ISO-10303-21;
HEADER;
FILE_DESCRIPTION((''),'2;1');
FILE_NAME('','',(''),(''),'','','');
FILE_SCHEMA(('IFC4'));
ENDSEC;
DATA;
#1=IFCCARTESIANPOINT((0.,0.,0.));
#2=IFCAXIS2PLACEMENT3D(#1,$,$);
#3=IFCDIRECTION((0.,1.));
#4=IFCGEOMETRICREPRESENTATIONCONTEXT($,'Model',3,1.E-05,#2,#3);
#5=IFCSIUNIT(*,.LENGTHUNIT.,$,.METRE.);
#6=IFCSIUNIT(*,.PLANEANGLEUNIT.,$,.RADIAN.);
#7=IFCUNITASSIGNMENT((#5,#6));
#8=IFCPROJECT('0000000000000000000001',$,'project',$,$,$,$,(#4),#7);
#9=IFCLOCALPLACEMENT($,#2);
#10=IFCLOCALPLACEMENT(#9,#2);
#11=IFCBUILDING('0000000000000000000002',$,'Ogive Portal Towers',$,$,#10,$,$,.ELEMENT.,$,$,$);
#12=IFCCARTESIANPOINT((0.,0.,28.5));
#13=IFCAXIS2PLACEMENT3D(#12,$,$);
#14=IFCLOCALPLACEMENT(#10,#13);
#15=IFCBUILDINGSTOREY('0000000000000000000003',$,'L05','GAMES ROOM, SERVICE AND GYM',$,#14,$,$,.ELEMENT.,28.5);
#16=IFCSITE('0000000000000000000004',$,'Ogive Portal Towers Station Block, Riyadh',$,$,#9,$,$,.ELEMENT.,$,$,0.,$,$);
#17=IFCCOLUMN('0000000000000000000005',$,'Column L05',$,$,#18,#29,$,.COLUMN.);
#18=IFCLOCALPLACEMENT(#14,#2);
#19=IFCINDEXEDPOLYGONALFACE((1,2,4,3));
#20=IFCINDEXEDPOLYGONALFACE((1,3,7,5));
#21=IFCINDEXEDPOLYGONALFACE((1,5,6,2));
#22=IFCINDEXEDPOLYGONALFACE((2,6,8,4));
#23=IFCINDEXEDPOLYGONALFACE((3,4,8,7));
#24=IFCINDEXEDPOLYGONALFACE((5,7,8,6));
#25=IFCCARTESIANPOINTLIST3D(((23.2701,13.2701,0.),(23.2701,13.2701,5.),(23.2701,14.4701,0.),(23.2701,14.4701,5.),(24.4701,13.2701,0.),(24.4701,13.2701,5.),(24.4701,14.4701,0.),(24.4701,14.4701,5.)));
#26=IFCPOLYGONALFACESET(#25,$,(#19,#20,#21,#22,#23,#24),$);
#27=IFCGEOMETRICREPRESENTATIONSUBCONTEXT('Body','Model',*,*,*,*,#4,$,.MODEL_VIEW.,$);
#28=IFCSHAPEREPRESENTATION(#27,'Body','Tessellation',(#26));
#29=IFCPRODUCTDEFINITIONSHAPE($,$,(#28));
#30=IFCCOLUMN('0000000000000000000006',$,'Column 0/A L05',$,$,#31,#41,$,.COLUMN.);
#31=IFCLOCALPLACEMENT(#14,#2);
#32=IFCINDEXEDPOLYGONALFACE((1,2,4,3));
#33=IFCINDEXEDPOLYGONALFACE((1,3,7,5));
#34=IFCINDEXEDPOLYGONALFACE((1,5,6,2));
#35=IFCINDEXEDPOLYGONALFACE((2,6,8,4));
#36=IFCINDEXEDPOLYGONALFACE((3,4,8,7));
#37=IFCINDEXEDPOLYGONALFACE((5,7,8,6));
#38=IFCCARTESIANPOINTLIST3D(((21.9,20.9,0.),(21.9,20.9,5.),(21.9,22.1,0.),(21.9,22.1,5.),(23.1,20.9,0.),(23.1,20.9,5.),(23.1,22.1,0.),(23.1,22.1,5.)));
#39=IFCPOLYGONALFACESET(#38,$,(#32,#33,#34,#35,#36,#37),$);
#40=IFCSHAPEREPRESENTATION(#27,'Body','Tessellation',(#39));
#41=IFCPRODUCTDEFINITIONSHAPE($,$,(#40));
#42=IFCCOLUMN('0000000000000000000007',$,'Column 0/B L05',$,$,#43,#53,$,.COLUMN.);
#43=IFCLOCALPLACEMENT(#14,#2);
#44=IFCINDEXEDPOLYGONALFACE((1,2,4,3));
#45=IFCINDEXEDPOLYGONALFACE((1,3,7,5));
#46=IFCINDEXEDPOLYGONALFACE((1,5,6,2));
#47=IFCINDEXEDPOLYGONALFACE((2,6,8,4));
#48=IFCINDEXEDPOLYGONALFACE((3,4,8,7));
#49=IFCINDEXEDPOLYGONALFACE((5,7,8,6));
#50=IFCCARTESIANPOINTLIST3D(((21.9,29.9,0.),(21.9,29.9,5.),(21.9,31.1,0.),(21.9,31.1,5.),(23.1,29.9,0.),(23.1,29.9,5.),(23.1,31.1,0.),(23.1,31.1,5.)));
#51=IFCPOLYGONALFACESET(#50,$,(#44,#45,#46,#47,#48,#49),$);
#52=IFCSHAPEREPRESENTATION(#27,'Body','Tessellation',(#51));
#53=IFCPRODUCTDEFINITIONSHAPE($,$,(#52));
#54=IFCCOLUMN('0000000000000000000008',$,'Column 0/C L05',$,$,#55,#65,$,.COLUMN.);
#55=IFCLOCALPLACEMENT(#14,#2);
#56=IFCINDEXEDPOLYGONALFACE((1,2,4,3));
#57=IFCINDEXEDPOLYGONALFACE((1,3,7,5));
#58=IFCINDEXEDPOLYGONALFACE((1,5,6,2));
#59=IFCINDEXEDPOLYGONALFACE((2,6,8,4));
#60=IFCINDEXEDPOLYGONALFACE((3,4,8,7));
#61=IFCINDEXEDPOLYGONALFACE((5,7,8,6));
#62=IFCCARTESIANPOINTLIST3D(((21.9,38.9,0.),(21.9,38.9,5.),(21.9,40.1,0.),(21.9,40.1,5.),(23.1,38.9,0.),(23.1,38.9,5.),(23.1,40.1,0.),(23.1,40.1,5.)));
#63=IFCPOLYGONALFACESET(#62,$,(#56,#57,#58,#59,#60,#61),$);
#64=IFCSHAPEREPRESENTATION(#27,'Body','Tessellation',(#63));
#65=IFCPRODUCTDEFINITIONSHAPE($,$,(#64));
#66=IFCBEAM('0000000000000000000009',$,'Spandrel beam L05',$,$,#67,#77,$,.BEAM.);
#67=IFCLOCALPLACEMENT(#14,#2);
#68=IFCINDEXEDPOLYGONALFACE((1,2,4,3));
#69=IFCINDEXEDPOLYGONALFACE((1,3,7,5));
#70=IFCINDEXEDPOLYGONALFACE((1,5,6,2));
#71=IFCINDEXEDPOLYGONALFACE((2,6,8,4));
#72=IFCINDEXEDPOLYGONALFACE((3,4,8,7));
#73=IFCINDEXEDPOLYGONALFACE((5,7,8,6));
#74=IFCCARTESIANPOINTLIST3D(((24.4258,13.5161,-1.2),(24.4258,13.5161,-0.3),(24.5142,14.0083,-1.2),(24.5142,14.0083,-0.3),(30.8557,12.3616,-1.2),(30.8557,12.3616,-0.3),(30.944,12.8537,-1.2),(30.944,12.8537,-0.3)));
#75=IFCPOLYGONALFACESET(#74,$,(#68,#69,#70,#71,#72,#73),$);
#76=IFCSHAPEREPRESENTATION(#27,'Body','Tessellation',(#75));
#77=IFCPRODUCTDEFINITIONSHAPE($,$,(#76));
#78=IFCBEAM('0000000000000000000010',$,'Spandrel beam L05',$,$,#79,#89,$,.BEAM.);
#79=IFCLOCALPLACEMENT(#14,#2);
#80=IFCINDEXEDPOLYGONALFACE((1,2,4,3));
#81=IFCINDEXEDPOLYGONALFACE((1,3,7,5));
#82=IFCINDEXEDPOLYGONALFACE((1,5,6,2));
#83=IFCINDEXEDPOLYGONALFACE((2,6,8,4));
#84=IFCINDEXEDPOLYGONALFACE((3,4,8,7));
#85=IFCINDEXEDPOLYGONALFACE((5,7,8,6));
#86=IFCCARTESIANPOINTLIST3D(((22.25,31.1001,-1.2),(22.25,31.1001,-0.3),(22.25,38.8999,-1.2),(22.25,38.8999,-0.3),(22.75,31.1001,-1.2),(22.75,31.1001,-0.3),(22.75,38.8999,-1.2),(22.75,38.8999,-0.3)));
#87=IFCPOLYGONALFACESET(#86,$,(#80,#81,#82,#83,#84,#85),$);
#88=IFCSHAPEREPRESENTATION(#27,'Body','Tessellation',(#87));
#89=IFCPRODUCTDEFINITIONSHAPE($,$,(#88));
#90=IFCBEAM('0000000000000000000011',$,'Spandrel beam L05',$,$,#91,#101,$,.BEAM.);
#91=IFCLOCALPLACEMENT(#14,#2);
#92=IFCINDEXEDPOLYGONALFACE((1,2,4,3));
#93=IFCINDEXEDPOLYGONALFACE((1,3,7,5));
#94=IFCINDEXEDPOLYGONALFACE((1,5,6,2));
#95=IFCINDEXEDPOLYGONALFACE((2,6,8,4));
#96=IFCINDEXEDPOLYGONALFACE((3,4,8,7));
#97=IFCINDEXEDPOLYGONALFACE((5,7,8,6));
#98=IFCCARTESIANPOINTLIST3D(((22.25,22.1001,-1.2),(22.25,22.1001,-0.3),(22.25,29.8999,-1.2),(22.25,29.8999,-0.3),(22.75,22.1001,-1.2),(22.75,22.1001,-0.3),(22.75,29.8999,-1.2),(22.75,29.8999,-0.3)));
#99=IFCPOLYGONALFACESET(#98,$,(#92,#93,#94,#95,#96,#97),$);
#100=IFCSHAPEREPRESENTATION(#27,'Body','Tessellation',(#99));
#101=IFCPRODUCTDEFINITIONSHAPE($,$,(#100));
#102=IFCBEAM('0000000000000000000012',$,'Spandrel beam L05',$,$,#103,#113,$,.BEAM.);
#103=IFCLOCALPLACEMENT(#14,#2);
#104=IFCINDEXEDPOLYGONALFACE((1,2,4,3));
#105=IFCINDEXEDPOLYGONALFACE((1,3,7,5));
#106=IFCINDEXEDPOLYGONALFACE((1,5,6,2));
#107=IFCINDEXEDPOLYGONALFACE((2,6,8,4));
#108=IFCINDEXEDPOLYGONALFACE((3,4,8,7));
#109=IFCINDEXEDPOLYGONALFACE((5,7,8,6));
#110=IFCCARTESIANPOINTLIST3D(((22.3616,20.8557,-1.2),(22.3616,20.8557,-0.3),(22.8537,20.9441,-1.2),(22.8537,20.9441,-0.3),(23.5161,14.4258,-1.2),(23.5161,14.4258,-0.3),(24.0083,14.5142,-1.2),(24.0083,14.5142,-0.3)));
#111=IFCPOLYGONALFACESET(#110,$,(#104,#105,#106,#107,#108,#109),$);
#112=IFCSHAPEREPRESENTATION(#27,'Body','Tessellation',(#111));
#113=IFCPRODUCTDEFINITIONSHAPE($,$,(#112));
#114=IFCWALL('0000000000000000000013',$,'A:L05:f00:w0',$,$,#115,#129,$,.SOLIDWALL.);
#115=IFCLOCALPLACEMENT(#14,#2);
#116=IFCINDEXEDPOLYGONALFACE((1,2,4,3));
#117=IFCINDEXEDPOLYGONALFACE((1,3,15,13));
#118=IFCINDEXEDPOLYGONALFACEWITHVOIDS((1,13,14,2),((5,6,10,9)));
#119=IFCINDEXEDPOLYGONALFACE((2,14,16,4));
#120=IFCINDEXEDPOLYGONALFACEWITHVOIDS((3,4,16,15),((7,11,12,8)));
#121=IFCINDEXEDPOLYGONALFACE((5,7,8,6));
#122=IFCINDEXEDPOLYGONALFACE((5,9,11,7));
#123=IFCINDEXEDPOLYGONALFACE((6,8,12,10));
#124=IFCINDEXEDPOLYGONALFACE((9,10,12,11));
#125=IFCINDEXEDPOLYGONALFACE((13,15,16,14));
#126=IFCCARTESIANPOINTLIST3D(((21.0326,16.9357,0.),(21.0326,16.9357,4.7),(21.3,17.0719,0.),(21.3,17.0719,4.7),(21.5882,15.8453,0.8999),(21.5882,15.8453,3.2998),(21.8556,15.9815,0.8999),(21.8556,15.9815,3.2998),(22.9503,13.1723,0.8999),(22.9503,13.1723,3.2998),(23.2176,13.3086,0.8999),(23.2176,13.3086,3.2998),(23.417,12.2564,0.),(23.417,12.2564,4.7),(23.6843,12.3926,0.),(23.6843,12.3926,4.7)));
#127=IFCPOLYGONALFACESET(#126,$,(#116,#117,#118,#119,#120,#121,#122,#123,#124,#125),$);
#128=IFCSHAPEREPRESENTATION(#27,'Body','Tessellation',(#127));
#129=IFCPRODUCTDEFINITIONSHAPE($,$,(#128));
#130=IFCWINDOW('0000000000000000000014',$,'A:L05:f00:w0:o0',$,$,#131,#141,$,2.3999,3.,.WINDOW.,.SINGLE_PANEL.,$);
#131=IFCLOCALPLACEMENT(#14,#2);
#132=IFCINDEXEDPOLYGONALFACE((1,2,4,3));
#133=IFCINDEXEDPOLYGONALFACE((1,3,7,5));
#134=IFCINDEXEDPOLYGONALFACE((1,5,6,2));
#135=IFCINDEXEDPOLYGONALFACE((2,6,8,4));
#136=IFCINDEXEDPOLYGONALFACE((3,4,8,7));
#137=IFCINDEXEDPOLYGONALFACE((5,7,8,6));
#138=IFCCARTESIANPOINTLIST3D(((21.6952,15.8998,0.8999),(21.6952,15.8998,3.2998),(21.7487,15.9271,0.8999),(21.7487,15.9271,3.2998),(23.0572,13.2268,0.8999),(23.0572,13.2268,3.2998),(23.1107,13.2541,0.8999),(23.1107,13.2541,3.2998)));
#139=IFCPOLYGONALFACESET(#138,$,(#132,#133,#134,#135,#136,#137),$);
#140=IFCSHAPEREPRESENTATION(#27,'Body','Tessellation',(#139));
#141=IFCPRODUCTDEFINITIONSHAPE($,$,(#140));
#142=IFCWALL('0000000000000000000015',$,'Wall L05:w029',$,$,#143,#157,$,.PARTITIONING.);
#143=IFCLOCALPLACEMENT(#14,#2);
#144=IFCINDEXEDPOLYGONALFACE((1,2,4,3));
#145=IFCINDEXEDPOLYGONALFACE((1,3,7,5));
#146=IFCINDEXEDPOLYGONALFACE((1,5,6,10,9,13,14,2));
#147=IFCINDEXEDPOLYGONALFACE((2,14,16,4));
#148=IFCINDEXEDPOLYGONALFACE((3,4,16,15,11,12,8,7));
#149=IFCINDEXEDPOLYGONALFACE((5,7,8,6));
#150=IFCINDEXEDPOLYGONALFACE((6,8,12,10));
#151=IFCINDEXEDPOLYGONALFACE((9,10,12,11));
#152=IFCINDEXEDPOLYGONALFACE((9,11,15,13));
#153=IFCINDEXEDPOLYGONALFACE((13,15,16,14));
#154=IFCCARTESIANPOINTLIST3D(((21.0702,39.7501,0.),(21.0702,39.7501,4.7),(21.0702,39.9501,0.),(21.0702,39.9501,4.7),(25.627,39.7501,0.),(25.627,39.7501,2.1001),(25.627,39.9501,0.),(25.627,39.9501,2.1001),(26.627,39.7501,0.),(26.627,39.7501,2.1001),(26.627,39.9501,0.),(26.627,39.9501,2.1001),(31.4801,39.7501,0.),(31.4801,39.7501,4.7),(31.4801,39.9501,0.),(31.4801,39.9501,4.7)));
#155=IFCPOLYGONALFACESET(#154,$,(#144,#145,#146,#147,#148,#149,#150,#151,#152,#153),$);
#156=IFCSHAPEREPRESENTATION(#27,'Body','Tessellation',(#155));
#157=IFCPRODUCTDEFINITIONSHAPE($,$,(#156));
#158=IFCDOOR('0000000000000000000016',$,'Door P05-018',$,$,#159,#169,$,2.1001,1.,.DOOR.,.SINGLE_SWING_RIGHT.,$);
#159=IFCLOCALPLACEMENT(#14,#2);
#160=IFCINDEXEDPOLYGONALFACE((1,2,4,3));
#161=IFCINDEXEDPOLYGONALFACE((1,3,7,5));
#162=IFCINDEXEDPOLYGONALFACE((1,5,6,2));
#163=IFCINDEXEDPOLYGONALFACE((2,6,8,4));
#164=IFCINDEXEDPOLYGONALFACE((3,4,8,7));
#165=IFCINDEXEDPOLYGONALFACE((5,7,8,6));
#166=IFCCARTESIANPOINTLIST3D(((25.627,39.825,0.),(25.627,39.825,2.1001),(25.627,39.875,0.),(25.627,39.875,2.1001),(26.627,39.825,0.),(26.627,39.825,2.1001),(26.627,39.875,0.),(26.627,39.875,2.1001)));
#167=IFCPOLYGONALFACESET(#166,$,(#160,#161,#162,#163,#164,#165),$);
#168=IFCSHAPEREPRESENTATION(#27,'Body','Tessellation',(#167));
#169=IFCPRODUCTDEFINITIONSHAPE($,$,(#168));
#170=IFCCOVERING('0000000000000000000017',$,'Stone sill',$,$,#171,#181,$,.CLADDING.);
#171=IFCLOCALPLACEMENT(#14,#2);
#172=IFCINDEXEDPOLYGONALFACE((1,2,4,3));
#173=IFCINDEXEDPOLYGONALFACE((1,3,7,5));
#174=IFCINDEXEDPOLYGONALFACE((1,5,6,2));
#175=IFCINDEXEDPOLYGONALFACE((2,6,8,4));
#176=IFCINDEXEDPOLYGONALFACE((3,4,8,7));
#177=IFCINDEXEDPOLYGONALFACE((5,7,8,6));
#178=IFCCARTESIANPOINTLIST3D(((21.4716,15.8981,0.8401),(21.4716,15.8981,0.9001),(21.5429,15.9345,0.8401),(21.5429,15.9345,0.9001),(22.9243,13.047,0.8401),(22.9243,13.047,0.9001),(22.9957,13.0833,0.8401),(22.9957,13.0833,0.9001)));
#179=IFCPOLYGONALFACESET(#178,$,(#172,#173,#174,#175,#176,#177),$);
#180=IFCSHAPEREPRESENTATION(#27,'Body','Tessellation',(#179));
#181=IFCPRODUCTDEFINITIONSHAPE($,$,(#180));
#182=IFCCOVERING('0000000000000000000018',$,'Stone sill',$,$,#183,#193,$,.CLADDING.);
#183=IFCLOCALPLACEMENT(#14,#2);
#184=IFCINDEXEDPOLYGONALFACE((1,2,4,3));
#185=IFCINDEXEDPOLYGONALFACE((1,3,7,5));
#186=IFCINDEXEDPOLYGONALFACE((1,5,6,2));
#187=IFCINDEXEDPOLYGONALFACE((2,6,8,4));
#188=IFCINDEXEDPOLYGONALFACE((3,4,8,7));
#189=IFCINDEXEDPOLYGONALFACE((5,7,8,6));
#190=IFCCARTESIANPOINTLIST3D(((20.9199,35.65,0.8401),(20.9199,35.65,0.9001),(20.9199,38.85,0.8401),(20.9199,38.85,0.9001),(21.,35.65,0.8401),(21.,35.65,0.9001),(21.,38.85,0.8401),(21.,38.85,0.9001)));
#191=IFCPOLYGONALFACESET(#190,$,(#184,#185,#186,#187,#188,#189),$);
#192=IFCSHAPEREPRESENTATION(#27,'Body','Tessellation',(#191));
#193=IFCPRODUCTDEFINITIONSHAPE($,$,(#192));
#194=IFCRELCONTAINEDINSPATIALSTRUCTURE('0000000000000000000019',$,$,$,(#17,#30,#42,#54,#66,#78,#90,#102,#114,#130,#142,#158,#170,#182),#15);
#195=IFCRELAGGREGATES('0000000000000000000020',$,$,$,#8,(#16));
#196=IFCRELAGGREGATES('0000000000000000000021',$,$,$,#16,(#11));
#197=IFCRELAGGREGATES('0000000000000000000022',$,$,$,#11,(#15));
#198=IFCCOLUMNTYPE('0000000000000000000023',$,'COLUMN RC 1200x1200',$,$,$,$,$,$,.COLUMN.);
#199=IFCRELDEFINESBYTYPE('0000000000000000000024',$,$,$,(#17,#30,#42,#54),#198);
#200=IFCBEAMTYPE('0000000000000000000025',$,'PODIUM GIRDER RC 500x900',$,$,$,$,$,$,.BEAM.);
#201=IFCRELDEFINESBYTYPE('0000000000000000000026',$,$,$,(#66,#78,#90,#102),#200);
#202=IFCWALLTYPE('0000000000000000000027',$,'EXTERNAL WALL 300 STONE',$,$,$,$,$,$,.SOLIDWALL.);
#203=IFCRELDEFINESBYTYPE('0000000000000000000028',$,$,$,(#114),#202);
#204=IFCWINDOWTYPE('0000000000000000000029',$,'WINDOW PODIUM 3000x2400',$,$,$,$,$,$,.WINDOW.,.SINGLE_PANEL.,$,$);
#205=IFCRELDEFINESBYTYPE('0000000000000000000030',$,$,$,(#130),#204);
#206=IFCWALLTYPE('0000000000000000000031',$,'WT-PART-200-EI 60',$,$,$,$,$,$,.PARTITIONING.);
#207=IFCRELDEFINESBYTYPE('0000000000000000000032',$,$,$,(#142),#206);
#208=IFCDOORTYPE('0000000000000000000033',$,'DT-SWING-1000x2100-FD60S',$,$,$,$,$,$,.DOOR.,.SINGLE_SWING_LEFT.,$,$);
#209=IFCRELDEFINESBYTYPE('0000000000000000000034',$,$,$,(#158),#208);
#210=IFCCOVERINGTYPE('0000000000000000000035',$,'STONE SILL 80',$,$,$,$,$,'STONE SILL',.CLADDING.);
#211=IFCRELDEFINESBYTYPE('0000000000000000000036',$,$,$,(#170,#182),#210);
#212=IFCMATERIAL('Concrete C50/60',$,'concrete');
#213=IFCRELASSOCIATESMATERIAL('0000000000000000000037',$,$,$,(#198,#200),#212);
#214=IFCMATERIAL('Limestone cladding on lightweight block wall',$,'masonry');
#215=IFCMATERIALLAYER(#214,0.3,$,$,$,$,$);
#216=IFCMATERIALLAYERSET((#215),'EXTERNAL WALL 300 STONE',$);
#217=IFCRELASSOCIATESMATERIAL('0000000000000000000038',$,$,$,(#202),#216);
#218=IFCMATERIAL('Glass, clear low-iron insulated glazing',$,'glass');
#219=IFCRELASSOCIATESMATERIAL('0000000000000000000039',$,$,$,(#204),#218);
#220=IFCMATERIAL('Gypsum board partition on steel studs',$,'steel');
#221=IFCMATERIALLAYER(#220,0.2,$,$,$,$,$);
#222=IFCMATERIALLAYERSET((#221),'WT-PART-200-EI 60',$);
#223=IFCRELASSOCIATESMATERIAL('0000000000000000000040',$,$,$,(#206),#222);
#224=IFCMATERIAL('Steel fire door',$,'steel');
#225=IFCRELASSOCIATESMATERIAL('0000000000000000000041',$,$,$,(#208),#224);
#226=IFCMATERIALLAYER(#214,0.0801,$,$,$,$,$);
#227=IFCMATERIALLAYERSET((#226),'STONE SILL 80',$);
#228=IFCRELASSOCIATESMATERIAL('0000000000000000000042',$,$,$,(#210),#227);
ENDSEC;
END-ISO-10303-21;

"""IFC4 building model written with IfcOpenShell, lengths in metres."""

from ifc_helpers import new_model, si_unit, direction, frame, frame_2d, origin, origin_2d, place, context, subcontext, project, spatial, rectangle, extrude, material, layer, layer_set, material_profile, profile_set, type_object, element, fill, save


model = new_model("IFC4")

# Units and contexts
model_context = context("Model", 3, precision=1e-05, world=origin(), true_north=direction((0.0, 1.0)))
body_context = subcontext(model_context, "Body", "Model", "MODEL_VIEW")
ifc_project = project(units=[si_unit("LENGTHUNIT", "METRE"), si_unit("PLANEANGLEUNIT", "RADIAN")], contexts=[model_context])

# Site, building, storey
site_placement = place(None, origin())
site = spatial("IfcSite", under=ifc_project, at=site_placement, Name="Ogive Portal Towers Station Block, Riyadh", CompositionType="ELEMENT", RefElevation=0.0)
building_placement = place(site_placement, origin())
building = spatial("IfcBuilding", under=site, at=building_placement, Name="Ogive Portal Towers", CompositionType="ELEMENT")
storey_placement = place(building_placement, frame((0.0, 0.0, 28.5)))
storey = spatial("IfcBuildingStorey", under=building, at=storey_placement, Name="L05", Description="GAMES ROOM, SERVICE AND GYM", CompositionType="ELEMENT", Elevation=28.5)

# Columns
ifc_material_1 = material(Name="Concrete C50/60", Category="concrete")
ifc_material_profile_1 = material_profile(ifc_material_1, rectangle(XDim=1.2, YDim=1.2, at=origin_2d()), Name="RC 1200x1200")
ifc_profile_set_1 = profile_set([ifc_material_profile_1], Name="Concrete C50/60")
column_type = type_object("IfcColumnType", Name="COLUMN RC 1200x1200", PredefinedType="COLUMN", material=ifc_profile_set_1)
for number, where, z_axis, x_axis, name in (
    (1, (23.8701, 13.8701, 0.0), (0.0, 0.0, 1.0), (1.0, 0.0, 0.0), "Column L05"),
    (2, (22.5, 21.5, 0.0), (0.0, 0.0, 1.0), (1.0, 0.0, 0.0), "Column 0/A L05"),
    (3, (22.5, 30.5, 0.0), (0.0, 0.0, 1.0), (1.0, 0.0, 0.0), "Column 0/B L05"),
    (4, (22.5, 39.5, 0.0), (0.0, 0.0, 1.0), (1.0, 0.0, 0.0), "Column 0/C L05"),
):
    element("IfcColumn", number, at=place(storey_placement, frame(where, z_axis=z_axis, x_axis=x_axis)), inside=storey, type_object=column_type, Name=name, PredefinedType="COLUMN", context=body_context, shape_type="SweptSolid", body=[
        extrude(rectangle(XDim=1.2, YDim=1.2, at=origin_2d()), origin(), (0.0, 0.0, 1.0), 5.0),
    ])

# Beams
ifc_material_profile_2 = material_profile(ifc_material_1, rectangle(XDim=0.5, YDim=0.8999, at=origin_2d()), Name="RC 500x900")
ifc_profile_set_2 = profile_set([ifc_material_profile_2], Name="Concrete C50/60")
beam_type = type_object("IfcBeamType", Name="PODIUM GIRDER RC 500x900", PredefinedType="BEAM", material=ifc_profile_set_2)
beam_1_placement = place(storey_placement, frame((24.47, 13.7622, -0.75), z_axis=(0.984259, -0.176731, 0.0), x_axis=(0.176731, 0.984259, 0.0)))
element("IfcBeam", 5, at=beam_1_placement, inside=storey, type_object=beam_type, Name="Spandrel beam L05", PredefinedType="BEAM", context=body_context, shape_type="SweptSolid", body=[
    extrude(rectangle(XDim=0.5, YDim=0.8999, at=origin_2d()), origin(), (0.0, 0.0, 1.0), 6.5327),
])
for number, where, z_axis, x_axis, name in (
    (6, (22.5, 38.8999, -0.75), (0.0, -1.0, 0.0), (1.0, 0.0, 0.0), "Spandrel beam L05"),
    (7, (22.5, 29.8999, -0.75), (0.0, -1.0, 0.0), (1.0, 0.0, 0.0), "Spandrel beam L05"),
):
    element("IfcBeam", number, at=place(storey_placement, frame(where, z_axis=z_axis, x_axis=x_axis)), inside=storey, type_object=beam_type, Name=name, PredefinedType="BEAM", context=body_context, shape_type="SweptSolid", body=[
        extrude(rectangle(XDim=0.5, YDim=0.8999, at=origin_2d()), origin(), (0.0, 0.0, 1.0), 7.7998),
    ])
beam_2_placement = place(storey_placement, frame((22.6077, 20.8999, -0.75), z_axis=(0.176731, -0.984259, 0.0), x_axis=(0.984259, 0.176731, 0.0)))
element("IfcBeam", 8, at=beam_2_placement, inside=storey, type_object=beam_type, Name="Spandrel beam L05", PredefinedType="BEAM", context=body_context, shape_type="SweptSolid", body=[
    extrude(rectangle(XDim=0.5, YDim=0.8999, at=origin_2d()), origin(), (0.0, 0.0, 1.0), 6.5327),
])

# Wall, opening, window
ifc_material_2 = material(Name="Limestone cladding on lightweight block wall", Category="masonry")
ifc_layer_1 = layer(ifc_material_2, 0.3)
ifc_layer_set_1 = layer_set([ifc_layer_1], Name="EXTERNAL WALL 300 STONE")
wall_type_1 = type_object("IfcWallType", Name="EXTERNAL WALL 300 STONE", PredefinedType="SOLIDWALL", material=ifc_layer_set_1)
wall_1_placement = place(storey_placement, frame((21.1663, 17.0039, 0.0), z_axis=(0.0, 0.0, 1.0), x_axis=(0.454007, -0.890998, 0.0)))
wall_1 = element("IfcWall", 9, at=wall_1_placement, inside=storey, type_object=wall_type_1, Name="A:L05:f00:w0", PredefinedType="SOLIDWALL", context=body_context, shape_type="SweptSolid", body=[
    extrude(rectangle(XDim=5.2517, YDim=0.3, at=frame_2d((2.626, 0.0))), origin(), (0.0, 0.0, 1.0), 4.7),
])
opening_1_placement = place(wall_1_placement, frame((1.2239, 0.0, 0.8999)))
opening_1 = element("IfcOpeningElement", 10, at=opening_1_placement, cuts=wall_1, PredefinedType="OPENING", context=body_context, shape_type="SweptSolid", body=[
    extrude(rectangle(XDim=3.0, YDim=2.3999, at=frame_2d((1.5, 1.2))), frame((0.0, 0.1602, 0.0), z_axis=(0.0, -1.0, 0.0), x_axis=(1.0, 0.0, 0.0)), (0.0, 0.0, 1.0), 0.3201),
])
ifc_material_3 = material(Name="Glass, clear low-iron insulated glazing", Category="glass")
window_type = type_object("IfcWindowType", Name="WINDOW PODIUM 3000x2400", PartitioningType="SINGLE_PANEL", PredefinedType="WINDOW", material=ifc_material_3)
window_placement = place(opening_1_placement, origin())
window = element("IfcWindow", 11, at=window_placement, inside=storey, type_object=window_type, Name="A:L05:f00:w0:o0", OverallHeight=2.3999, OverallWidth=3.0, PartitioningType="SINGLE_PANEL", PredefinedType="WINDOW", context=body_context, shape_type="SweptSolid", body=[
    extrude(rectangle(XDim=3.0, YDim=2.3999, at=frame_2d((1.5, 1.2))), frame((0.0, 0.03, 0.0), z_axis=(0.0, -1.0, 0.0), x_axis=(1.0, 0.0, 0.0)), (0.0, 0.0, 1.0), 0.0601),
])
fill(opening_1, window)

# Wall, opening, door
ifc_material_4 = material(Name="Gypsum board partition on steel studs", Category="steel")
ifc_layer_2 = layer(ifc_material_4, 0.2)
ifc_layer_set_2 = layer_set([ifc_layer_2], Name="WT-PART-200-EI 60")
wall_type_2 = type_object("IfcWallType", Name="WT-PART-200-EI 60", PredefinedType="PARTITIONING", material=ifc_layer_set_2)
wall_2_placement = place(storey_placement, frame((21.0701, 39.8501, 0.0), z_axis=(0.0, 0.0, 1.0), x_axis=(1.0, 0.0, 0.0)))
wall_2 = element("IfcWall", 12, at=wall_2_placement, inside=storey, type_object=wall_type_2, Name="Wall L05:w029", PredefinedType="PARTITIONING", context=body_context, shape_type="SweptSolid", body=[
    extrude(rectangle(XDim=10.4099, YDim=0.2, at=frame_2d((5.2051, 0.0))), origin(), (0.0, 0.0, 1.0), 4.7),
])
opening_2_placement = place(wall_2_placement, frame((4.5569, 0.0, 0.0)))
opening_2 = element("IfcOpeningElement", 13, at=opening_2_placement, cuts=wall_2, PredefinedType="OPENING", context=body_context, shape_type="SweptSolid", body=[
    extrude(rectangle(XDim=1.0, YDim=2.1001, at=frame_2d((0.5, 1.05))), frame((0.0, 0.1099, 0.0), z_axis=(0.0, -1.0, 0.0), x_axis=(1.0, 0.0, 0.0)), (0.0, 0.0, 1.0), 0.22),
])
ifc_material_5 = material(Name="Steel fire door", Category="steel")
door_type = type_object("IfcDoorType", Name="DT-SWING-1000x2100-FD60S", OperationType="SINGLE_SWING_LEFT", PredefinedType="DOOR", material=ifc_material_5)
door_placement = place(opening_2_placement, origin())
door = element("IfcDoor", 14, at=door_placement, inside=storey, type_object=door_type, Name="Door P05-018", OperationType="SINGLE_SWING_RIGHT", OverallHeight=2.1001, OverallWidth=1.0, PredefinedType="DOOR", context=body_context, shape_type="SweptSolid", body=[
    extrude(rectangle(XDim=1.0, YDim=2.1001, at=frame_2d((0.5, 1.05))), frame((0.0, 0.0249, 0.0), z_axis=(0.0, -1.0, 0.0), x_axis=(1.0, 0.0, 0.0)), (0.0, 0.0, 1.0), 0.05),
])
fill(opening_2, door)

# Coverings
ifc_layer_3 = layer(ifc_material_2, 0.0801)
ifc_layer_set_3 = layer_set([ifc_layer_3], Name="STONE SILL 80")
covering_type = type_object("IfcCoveringType", Name="STONE SILL 80", ElementType="STONE SILL", PredefinedType="CLADDING", material=ifc_layer_set_3)
for number, where, z_axis, x_axis, name in (
    (15, (22.2336, 14.4907, 0.8401), (0.0, 0.0, 1.0), (0.45399, -0.891007, 0.0), "Stone sill"),
    (16, (20.96, 37.25, 0.8401), (0.0, 0.0, 1.0), (0.0, -1.0, 0.0), "Stone sill"),
):
    element("IfcCovering", number, at=place(storey_placement, frame(where, z_axis=z_axis, x_axis=x_axis)), inside=storey, type_object=covering_type, Name=name, PredefinedType="CLADDING", context=body_context, shape_type="SweptSolid", body=[
        extrude(rectangle(XDim=3.2, YDim=0.0801, at=origin_2d()), origin(), (0.0, 0.0, 1.0), 0.0601),
    ])

save(model, "model.ifc")
